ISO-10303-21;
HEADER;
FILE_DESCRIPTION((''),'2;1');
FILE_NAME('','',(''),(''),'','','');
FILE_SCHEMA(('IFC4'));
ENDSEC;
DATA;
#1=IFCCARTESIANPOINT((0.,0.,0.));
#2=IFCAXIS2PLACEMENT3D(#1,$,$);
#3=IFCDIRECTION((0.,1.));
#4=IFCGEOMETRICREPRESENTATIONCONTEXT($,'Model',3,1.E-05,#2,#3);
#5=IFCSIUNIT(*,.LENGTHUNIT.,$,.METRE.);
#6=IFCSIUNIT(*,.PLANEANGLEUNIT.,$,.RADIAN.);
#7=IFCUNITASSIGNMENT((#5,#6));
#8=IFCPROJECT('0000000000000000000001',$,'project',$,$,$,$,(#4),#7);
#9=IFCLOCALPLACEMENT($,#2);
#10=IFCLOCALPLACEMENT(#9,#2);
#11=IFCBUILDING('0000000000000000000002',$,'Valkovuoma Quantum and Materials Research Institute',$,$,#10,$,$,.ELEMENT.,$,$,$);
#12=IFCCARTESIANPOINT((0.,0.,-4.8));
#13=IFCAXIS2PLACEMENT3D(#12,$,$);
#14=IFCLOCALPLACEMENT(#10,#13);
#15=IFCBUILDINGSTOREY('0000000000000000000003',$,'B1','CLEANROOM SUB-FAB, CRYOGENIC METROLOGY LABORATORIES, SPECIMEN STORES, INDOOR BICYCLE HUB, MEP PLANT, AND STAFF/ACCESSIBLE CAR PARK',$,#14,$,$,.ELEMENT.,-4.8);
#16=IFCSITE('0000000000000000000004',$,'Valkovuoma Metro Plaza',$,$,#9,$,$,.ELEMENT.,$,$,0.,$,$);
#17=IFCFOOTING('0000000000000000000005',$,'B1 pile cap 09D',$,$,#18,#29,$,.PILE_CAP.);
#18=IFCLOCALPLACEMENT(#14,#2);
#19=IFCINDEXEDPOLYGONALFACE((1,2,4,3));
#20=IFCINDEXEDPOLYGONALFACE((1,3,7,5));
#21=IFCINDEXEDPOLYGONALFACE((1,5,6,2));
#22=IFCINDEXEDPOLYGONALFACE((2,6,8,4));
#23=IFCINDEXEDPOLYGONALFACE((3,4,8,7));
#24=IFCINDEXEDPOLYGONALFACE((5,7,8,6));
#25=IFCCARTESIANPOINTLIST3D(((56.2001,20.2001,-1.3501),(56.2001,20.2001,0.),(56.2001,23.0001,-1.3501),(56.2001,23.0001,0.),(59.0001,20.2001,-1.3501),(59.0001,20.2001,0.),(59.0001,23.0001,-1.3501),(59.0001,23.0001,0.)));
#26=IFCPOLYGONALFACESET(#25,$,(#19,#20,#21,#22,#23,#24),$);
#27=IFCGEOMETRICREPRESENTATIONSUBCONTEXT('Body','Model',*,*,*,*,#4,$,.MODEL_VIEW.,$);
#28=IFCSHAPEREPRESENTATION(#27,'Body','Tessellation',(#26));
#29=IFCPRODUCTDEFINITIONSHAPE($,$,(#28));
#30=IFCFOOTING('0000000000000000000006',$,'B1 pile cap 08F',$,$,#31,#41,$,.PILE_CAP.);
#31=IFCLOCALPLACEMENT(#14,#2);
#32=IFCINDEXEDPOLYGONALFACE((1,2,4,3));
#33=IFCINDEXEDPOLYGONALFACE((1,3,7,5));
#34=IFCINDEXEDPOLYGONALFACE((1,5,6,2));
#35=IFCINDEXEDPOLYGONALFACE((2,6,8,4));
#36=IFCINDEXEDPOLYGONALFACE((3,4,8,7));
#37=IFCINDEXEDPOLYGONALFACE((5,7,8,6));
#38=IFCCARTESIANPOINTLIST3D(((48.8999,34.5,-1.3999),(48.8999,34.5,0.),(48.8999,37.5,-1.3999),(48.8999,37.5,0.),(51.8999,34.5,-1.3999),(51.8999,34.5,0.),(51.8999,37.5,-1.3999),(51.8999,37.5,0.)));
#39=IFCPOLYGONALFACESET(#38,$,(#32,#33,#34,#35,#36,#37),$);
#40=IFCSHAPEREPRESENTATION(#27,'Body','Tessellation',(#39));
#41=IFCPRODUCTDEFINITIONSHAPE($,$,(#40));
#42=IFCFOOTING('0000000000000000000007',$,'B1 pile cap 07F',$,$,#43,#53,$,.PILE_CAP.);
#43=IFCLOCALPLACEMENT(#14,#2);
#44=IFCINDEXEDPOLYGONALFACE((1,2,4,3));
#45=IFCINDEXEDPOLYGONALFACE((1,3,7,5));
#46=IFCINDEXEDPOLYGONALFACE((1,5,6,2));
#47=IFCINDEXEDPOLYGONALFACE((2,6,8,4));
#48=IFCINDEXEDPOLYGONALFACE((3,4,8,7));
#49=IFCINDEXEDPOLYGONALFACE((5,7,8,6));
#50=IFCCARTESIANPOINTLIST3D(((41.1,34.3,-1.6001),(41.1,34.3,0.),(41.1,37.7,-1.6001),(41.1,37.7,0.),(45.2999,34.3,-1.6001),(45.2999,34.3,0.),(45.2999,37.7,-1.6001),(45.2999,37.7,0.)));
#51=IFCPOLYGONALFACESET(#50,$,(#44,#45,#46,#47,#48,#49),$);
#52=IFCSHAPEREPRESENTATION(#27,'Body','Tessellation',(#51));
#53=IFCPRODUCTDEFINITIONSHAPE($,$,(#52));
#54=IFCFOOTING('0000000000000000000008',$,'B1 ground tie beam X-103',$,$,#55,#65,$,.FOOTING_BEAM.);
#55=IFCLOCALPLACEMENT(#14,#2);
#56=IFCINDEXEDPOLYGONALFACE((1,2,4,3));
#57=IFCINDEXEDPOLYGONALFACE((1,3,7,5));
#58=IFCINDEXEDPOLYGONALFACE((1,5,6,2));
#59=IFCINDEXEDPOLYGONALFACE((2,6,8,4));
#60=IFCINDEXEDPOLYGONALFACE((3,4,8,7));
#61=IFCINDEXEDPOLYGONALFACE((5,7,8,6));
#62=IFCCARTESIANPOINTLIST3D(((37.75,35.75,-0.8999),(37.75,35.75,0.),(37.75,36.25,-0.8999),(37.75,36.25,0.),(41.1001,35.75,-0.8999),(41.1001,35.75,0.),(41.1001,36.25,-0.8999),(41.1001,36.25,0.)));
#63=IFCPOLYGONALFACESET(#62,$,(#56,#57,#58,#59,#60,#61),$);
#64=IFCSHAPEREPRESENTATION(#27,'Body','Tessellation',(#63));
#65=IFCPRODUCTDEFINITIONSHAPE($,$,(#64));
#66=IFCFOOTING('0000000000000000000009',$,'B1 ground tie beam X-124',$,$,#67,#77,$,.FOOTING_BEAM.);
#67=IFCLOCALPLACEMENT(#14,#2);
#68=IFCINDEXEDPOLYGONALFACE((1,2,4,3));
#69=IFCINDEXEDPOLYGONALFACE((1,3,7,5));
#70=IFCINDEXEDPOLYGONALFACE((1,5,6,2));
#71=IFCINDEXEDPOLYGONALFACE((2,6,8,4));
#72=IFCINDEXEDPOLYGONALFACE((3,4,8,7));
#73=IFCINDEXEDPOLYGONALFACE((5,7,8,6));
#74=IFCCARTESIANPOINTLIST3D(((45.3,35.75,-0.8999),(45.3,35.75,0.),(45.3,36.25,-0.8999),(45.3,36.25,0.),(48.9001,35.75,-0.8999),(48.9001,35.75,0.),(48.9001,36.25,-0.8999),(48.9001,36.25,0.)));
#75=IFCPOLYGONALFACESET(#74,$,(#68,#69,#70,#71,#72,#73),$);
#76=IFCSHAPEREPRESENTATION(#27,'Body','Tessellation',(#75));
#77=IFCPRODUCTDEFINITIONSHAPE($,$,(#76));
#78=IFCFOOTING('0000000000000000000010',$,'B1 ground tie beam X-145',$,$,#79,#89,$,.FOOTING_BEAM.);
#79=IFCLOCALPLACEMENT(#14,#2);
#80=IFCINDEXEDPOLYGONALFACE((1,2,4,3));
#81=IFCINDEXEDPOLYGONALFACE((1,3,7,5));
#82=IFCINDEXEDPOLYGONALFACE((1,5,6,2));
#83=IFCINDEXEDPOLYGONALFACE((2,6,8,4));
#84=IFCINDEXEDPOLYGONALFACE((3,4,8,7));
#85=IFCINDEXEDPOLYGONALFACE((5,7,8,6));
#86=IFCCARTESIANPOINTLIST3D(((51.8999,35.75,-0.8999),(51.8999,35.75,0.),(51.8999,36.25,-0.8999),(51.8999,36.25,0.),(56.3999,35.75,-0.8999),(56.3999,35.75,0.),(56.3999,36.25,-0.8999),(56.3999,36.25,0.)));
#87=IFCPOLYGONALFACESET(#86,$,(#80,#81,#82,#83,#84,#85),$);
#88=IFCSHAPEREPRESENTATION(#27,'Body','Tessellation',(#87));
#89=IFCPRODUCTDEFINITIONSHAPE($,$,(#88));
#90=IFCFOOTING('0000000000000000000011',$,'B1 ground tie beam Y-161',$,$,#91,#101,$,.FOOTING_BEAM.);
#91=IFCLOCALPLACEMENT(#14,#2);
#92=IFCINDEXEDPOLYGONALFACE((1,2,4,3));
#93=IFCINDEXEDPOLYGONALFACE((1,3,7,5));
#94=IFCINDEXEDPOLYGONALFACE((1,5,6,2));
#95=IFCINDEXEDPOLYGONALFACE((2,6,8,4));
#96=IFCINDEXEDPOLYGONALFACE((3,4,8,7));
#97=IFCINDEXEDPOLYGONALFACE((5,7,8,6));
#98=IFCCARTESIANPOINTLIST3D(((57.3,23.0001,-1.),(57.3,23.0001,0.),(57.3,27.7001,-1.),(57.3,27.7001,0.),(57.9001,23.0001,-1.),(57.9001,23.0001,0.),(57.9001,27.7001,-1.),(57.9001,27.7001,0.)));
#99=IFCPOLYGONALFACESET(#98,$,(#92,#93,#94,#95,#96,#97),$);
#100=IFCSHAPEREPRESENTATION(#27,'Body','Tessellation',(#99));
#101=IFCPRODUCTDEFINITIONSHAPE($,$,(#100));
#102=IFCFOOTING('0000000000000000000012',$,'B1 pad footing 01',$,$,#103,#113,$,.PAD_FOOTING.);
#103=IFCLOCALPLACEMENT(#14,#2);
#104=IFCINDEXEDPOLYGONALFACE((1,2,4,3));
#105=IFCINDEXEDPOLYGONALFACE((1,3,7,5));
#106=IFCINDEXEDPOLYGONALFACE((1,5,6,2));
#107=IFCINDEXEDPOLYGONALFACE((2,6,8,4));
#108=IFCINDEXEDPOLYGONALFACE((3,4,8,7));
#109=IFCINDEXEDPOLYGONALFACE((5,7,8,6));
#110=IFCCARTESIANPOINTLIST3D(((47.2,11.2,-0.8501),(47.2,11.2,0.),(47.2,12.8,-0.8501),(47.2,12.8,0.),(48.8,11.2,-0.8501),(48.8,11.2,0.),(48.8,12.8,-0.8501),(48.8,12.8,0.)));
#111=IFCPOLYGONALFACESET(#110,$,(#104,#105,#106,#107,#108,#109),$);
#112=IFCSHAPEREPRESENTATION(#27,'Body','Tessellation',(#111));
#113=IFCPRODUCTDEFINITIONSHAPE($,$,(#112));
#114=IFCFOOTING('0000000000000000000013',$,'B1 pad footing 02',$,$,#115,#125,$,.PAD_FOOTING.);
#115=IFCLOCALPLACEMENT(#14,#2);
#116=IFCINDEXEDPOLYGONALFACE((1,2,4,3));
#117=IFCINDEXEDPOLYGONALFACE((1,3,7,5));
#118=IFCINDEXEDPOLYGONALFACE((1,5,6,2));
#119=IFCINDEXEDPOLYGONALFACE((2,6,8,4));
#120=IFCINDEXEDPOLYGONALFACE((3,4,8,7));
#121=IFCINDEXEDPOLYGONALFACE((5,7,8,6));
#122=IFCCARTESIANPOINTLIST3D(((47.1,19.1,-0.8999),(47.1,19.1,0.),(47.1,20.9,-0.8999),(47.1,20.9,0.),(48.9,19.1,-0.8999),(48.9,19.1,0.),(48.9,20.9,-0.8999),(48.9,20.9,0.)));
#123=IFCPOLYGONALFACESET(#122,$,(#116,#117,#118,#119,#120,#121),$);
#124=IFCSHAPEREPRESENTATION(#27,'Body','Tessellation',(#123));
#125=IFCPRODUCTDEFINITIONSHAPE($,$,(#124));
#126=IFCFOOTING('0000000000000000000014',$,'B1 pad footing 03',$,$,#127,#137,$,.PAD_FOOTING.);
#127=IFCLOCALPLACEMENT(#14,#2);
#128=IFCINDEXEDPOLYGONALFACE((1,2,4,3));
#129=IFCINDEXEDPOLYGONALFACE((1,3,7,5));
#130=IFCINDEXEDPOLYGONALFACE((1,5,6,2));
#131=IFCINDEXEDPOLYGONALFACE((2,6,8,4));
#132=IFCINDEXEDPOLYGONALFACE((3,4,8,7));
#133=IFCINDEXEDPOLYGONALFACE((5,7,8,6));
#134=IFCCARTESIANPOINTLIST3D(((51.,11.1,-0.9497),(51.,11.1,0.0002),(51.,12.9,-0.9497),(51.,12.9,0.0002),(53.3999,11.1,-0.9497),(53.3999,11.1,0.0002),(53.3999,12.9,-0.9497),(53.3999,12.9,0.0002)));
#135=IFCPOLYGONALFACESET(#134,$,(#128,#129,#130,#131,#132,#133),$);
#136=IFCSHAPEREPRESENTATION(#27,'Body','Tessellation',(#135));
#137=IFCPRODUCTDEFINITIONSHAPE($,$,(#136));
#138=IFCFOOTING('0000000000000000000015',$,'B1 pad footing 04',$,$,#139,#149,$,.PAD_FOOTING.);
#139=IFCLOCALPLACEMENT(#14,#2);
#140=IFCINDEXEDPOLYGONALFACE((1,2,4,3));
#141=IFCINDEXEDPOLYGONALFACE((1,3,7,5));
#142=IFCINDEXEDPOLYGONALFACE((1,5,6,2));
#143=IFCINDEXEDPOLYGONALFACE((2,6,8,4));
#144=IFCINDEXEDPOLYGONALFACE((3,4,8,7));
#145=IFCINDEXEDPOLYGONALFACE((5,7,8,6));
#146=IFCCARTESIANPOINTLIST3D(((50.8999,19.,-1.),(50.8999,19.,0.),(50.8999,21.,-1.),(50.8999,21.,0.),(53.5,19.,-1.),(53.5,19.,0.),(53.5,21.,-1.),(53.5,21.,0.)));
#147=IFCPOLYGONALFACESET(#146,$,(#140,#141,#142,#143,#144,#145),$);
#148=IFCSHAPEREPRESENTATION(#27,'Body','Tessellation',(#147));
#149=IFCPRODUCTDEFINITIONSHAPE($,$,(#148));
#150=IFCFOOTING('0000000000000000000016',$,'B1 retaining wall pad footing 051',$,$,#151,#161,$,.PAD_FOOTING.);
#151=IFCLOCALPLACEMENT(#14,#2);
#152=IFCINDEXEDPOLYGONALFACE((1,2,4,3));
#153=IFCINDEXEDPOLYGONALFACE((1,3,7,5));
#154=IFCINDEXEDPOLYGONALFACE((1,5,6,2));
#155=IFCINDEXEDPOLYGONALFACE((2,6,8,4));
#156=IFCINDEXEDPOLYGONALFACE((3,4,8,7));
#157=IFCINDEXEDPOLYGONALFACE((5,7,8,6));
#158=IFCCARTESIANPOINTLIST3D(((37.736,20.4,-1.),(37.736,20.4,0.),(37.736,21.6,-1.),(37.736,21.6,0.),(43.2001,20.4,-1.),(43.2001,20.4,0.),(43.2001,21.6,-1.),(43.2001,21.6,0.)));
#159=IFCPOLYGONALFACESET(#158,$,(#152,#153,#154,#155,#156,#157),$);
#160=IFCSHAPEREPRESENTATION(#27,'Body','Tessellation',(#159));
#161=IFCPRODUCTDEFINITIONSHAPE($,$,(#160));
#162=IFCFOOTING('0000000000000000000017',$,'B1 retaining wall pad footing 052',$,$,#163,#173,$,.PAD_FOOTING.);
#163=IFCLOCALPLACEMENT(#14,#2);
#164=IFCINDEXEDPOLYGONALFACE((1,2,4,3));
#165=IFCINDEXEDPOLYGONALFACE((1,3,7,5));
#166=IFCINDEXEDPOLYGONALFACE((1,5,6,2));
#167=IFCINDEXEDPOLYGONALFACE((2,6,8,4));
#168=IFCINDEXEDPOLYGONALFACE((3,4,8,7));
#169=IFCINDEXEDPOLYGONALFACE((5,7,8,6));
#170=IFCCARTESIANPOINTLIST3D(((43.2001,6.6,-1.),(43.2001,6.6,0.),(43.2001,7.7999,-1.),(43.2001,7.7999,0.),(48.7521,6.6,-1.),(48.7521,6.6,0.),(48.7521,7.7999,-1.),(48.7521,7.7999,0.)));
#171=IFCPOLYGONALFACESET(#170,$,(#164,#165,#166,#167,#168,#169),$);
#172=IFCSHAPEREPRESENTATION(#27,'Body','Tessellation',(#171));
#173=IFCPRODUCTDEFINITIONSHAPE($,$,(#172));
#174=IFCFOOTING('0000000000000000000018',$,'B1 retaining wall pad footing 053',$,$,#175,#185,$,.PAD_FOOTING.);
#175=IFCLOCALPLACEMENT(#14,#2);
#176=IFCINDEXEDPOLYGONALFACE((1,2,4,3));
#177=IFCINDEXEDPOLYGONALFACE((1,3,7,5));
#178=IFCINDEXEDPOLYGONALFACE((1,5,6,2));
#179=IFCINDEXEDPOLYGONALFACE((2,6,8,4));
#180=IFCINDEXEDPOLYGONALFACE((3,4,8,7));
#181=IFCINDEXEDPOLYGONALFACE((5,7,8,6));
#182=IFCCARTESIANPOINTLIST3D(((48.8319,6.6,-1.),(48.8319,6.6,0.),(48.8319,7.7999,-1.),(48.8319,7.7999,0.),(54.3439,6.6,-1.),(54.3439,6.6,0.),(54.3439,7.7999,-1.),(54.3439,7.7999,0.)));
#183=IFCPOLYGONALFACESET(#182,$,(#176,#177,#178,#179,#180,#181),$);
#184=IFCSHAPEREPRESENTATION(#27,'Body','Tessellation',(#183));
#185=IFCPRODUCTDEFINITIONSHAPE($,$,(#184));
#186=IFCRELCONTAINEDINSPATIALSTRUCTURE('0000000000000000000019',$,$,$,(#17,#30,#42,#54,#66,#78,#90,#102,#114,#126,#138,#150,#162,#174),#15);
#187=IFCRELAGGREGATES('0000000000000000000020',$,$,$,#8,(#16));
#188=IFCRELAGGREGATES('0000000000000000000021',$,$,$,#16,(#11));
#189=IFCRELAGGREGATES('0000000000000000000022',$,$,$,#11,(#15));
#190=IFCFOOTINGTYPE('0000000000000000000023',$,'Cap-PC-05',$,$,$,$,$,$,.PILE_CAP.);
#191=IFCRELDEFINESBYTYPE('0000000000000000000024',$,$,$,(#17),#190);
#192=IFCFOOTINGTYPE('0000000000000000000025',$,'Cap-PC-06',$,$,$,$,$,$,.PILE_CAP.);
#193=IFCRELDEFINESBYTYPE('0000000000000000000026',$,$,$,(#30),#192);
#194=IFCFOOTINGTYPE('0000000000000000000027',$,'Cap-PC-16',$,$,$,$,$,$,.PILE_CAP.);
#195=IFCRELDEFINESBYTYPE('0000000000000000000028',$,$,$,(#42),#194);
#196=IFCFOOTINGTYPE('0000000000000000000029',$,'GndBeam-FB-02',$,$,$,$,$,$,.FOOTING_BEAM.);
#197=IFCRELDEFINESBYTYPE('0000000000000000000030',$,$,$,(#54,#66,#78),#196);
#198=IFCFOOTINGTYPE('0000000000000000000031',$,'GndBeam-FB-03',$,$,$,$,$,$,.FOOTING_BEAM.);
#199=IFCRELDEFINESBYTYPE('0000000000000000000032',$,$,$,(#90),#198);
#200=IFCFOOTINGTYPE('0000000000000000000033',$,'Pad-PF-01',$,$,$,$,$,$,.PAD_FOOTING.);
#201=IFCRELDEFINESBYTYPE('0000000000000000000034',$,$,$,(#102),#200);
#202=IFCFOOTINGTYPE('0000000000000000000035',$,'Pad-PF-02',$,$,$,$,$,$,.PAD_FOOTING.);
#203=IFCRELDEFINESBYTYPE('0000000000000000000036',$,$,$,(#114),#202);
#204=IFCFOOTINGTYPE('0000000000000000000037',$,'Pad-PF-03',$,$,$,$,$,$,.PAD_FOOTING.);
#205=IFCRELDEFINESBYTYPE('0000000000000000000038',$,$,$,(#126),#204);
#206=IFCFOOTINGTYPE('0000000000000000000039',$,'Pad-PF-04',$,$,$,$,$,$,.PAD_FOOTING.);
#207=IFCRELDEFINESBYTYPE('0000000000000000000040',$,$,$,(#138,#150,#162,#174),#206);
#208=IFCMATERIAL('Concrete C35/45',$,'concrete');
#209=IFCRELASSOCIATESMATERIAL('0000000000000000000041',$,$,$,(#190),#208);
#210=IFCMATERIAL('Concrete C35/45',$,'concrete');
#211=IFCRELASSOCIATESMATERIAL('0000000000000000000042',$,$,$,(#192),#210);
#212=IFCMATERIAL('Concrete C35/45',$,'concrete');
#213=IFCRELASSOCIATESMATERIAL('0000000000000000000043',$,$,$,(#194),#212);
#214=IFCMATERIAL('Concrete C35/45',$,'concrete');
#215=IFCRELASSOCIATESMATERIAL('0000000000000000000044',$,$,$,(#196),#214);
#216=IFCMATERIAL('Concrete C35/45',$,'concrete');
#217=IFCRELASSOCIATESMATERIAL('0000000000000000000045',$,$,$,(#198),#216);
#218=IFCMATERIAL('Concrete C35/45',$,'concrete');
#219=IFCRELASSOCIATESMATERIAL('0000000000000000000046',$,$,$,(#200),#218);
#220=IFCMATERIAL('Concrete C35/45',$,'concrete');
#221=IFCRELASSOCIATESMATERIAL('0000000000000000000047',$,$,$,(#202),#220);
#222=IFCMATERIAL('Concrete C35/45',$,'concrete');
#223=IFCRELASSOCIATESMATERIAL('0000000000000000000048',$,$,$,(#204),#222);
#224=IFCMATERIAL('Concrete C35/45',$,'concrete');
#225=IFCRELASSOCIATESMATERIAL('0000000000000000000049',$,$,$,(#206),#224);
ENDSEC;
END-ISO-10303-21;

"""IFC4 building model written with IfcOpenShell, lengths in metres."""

from ifc_helpers import new_model, si_unit, direction, frame, origin, origin_2d, place, context, subcontext, project, spatial, rectangle, extrude, material, type_object, element, save


model = new_model("IFC4")

# Units and contexts
model_context = context("Model", 3, precision=1e-05, world=origin(), true_north=direction((0.0, 1.0)))
body_context = subcontext(model_context, "Body", "Model", "MODEL_VIEW")
ifc_project = project(units=[si_unit("LENGTHUNIT", "METRE"), si_unit("PLANEANGLEUNIT", "RADIAN")], contexts=[model_context])

# Site, building, storey
site_placement = place(None, origin())
site = spatial("IfcSite", under=ifc_project, at=site_placement, Name="Valkovuoma Metro Plaza", CompositionType="ELEMENT", RefElevation=0.0)
building_placement = place(site_placement, origin())
building = spatial("IfcBuilding", under=site, at=building_placement, Name="Valkovuoma Quantum and Materials Research Institute", CompositionType="ELEMENT")
storey_placement = place(building_placement, frame((0.0, 0.0, -4.8)))
storey = spatial("IfcBuildingStorey", under=building, at=storey_placement, Name="B1", Description="CLEANROOM SUB-FAB, CRYOGENIC METROLOGY LABORATORIES, SPECIMEN STORES, INDOOR BICYCLE HUB, MEP PLANT, AND STAFF/ACCESSIBLE CAR PARK", CompositionType="ELEMENT", Elevation=-4.8)

# Footings
ifc_material_1 = material(Name="Concrete C35/45", Category="concrete")
footing_type_1 = type_object("IfcFootingType", Name="Cap-PC-05", PredefinedType="PILE_CAP", material=ifc_material_1)
footing_1_placement = place(storey_placement, frame((57.6001, 21.6001, -1.3501), z_axis=(0.0, 0.0, 1.0), x_axis=(1.0, 0.0, 0.0)))
element("IfcFooting", 1, at=footing_1_placement, inside=storey, type_object=footing_type_1, Name="B1 pile cap 09D", PredefinedType="PILE_CAP", context=body_context, shape_type="SweptSolid", body=[
    extrude(rectangle(XDim=2.8, YDim=2.8, at=origin_2d()), origin(), (0.0, 0.0, 1.0), 1.3501),
])
ifc_material_2 = material(Name="Concrete C35/45", Category="concrete")
footing_type_2 = type_object("IfcFootingType", Name="Cap-PC-06", PredefinedType="PILE_CAP", material=ifc_material_2)
footing_2_placement = place(storey_placement, frame((50.3999, 36.0, -1.3999), z_axis=(0.0, 0.0, 1.0), x_axis=(1.0, 0.0, 0.0)))
element("IfcFooting", 2, at=footing_2_placement, inside=storey, type_object=footing_type_2, Name="B1 pile cap 08F", PredefinedType="PILE_CAP", context=body_context, shape_type="SweptSolid", body=[
    extrude(rectangle(XDim=3.0, YDim=3.0, at=origin_2d()), origin(), (0.0, 0.0, 1.0), 1.3999),
])
ifc_material_3 = material(Name="Concrete C35/45", Category="concrete")
footing_type_3 = type_object("IfcFootingType", Name="Cap-PC-16", PredefinedType="PILE_CAP", material=ifc_material_3)
footing_3_placement = place(storey_placement, frame((43.2, 36.0, -1.6001), z_axis=(0.0, 0.0, 1.0), x_axis=(1.0, 0.0, 0.0)))
element("IfcFooting", 3, at=footing_3_placement, inside=storey, type_object=footing_type_3, Name="B1 pile cap 07F", PredefinedType="PILE_CAP", context=body_context, shape_type="SweptSolid", body=[
    extrude(rectangle(XDim=4.2, YDim=3.3999, at=origin_2d()), origin(), (0.0, 0.0, 1.0), 1.6001),
])
ifc_material_4 = material(Name="Concrete C35/45", Category="concrete")
footing_type_4 = type_object("IfcFootingType", Name="GndBeam-FB-02", PredefinedType="FOOTING_BEAM", material=ifc_material_4)
footing_4_placement = place(storey_placement, frame((39.425, 36.0, -0.8999), z_axis=(0.0, 0.0, 1.0), x_axis=(1.0, 0.0, 0.0)))
element("IfcFooting", 4, at=footing_4_placement, inside=storey, type_object=footing_type_4, Name="B1 ground tie beam X-103", PredefinedType="FOOTING_BEAM", context=body_context, shape_type="SweptSolid", body=[
    extrude(rectangle(XDim=3.3501, YDim=0.5, at=origin_2d()), origin(), (0.0, 0.0, 1.0), 0.8999),
])
footing_5_placement = place(storey_placement, frame((47.1001, 36.0, -0.8999), z_axis=(0.0, 0.0, 1.0), x_axis=(1.0, 0.0, 0.0)))
element("IfcFooting", 5, at=footing_5_placement, inside=storey, type_object=footing_type_4, Name="B1 ground tie beam X-124", PredefinedType="FOOTING_BEAM", context=body_context, shape_type="SweptSolid", body=[
    extrude(rectangle(XDim=3.6001, YDim=0.5, at=origin_2d()), origin(), (0.0, 0.0, 1.0), 0.8999),
])
footing_6_placement = place(storey_placement, frame((54.1499, 36.0, -0.8999), z_axis=(0.0, 0.0, 1.0), x_axis=(1.0, 0.0, 0.0)))
element("IfcFooting", 6, at=footing_6_placement, inside=storey, type_object=footing_type_4, Name="B1 ground tie beam X-145", PredefinedType="FOOTING_BEAM", context=body_context, shape_type="SweptSolid", body=[
    extrude(rectangle(XDim=4.5, YDim=0.5, at=origin_2d()), origin(), (0.0, 0.0, 1.0), 0.8999),
])
ifc_material_5 = material(Name="Concrete C35/45", Category="concrete")
footing_type_5 = type_object("IfcFootingType", Name="GndBeam-FB-03", PredefinedType="FOOTING_BEAM", material=ifc_material_5)
footing_7_placement = place(storey_placement, frame((57.6001, 25.3501, -1.0), z_axis=(0.0, 0.0, 1.0), x_axis=(0.0, 1.0, 0.0)))
element("IfcFooting", 7, at=footing_7_placement, inside=storey, type_object=footing_type_5, Name="B1 ground tie beam Y-161", PredefinedType="FOOTING_BEAM", context=body_context, shape_type="SweptSolid", body=[
    extrude(rectangle(XDim=4.7, YDim=0.6001, at=origin_2d()), origin(), (0.0, 0.0, 1.0), 1.0),
])
ifc_material_6 = material(Name="Concrete C35/45", Category="concrete")
footing_type_6 = type_object("IfcFootingType", Name="Pad-PF-01", PredefinedType="PAD_FOOTING", material=ifc_material_6)
footing_8_placement = place(storey_placement, frame((48.0, 12.0, -0.8501), z_axis=(0.0, 0.0, 1.0), x_axis=(1.0, 0.0, 0.0)))
element("IfcFooting", 8, at=footing_8_placement, inside=storey, type_object=footing_type_6, Name="B1 pad footing 01", PredefinedType="PAD_FOOTING", context=body_context, shape_type="SweptSolid", body=[
    extrude(rectangle(XDim=1.6001, YDim=1.6001, at=origin_2d()), origin(), (0.0, 0.0, 1.0), 0.8501),
])
ifc_material_7 = material(Name="Concrete C35/45", Category="concrete")
footing_type_7 = type_object("IfcFootingType", Name="Pad-PF-02", PredefinedType="PAD_FOOTING", material=ifc_material_7)
footing_9_placement = place(storey_placement, frame((48.0, 20.0, -0.8999), z_axis=(0.0, 0.0, 1.0), x_axis=(1.0, 0.0, 0.0)))
element("IfcFooting", 9, at=footing_9_placement, inside=storey, type_object=footing_type_7, Name="B1 pad footing 02", PredefinedType="PAD_FOOTING", context=body_context, shape_type="SweptSolid", body=[
    extrude(rectangle(XDim=1.8, YDim=1.8, at=origin_2d()), origin(), (0.0, 0.0, 1.0), 0.8999),
])
ifc_material_8 = material(Name="Concrete C35/45", Category="concrete")
footing_type_8 = type_object("IfcFootingType", Name="Pad-PF-03", PredefinedType="PAD_FOOTING", material=ifc_material_8)
footing_10_placement = place(storey_placement, frame((52.2, 12.0, -0.9497), z_axis=(0.0, 0.0, 1.0), x_axis=(1.0, 0.0, 0.0)))
element("IfcFooting", 10, at=footing_10_placement, inside=storey, type_object=footing_type_8, Name="B1 pad footing 03", PredefinedType="PAD_FOOTING", context=body_context, shape_type="SweptSolid", body=[
    extrude(rectangle(XDim=2.3999, YDim=1.8, at=origin_2d()), origin(), (0.0, 0.0, 1.0), 0.95),
])
ifc_material_9 = material(Name="Concrete C35/45", Category="concrete")
footing_type_9 = type_object("IfcFootingType", Name="Pad-PF-04", PredefinedType="PAD_FOOTING", material=ifc_material_9)
footing_11_placement = place(storey_placement, frame((52.2, 20.0, -1.0), z_axis=(0.0, 0.0, 1.0), x_axis=(1.0, 0.0, 0.0)))
element("IfcFooting", 11, at=footing_11_placement, inside=storey, type_object=footing_type_9, Name="B1 pad footing 04", PredefinedType="PAD_FOOTING", context=body_context, shape_type="SweptSolid", body=[
    extrude(rectangle(XDim=2.6001, YDim=2.0, at=origin_2d()), origin(), (0.0, 0.0, 1.0), 1.0),
])
footing_12_placement = place(storey_placement, frame((40.468, 21.0, -1.0), z_axis=(0.0, 0.0, 1.0), x_axis=(1.0, 0.0, 0.0)))
element("IfcFooting", 12, at=footing_12_placement, inside=storey, type_object=footing_type_9, Name="B1 retaining wall pad footing 051", PredefinedType="PAD_FOOTING", context=body_context, shape_type="SweptSolid", body=[
    extrude(rectangle(XDim=5.4641, YDim=1.2, at=origin_2d()), origin(), (0.0, 0.0, 1.0), 1.0),
])
footing_13_placement = place(storey_placement, frame((45.9761, 7.2, -1.0), z_axis=(0.0, 0.0, 1.0), x_axis=(1.0, 0.0, 0.0)))
element("IfcFooting", 13, at=footing_13_placement, inside=storey, type_object=footing_type_9, Name="B1 retaining wall pad footing 052", PredefinedType="PAD_FOOTING", context=body_context, shape_type="SweptSolid", body=[
    extrude(rectangle(XDim=5.552, YDim=1.2, at=origin_2d()), origin(), (0.0, 0.0, 1.0), 1.0),
])
for number, where, z_axis, x_axis, name in (
    (14, (51.5879, 7.2, -1.0), (0.0, 0.0, 1.0), (1.0, 0.0, 0.0), "B1 retaining wall pad footing 053"),
):
    element("IfcFooting", number, at=place(storey_placement, frame(where, z_axis=z_axis, x_axis=x_axis)), inside=storey, type_object=footing_type_9, Name=name, PredefinedType="PAD_FOOTING", context=body_context, shape_type="SweptSolid", body=[
        extrude(rectangle(XDim=5.512, YDim=1.2, at=origin_2d()), origin(), (0.0, 0.0, 1.0), 1.0),
    ])

save(model, "model.ifc")
